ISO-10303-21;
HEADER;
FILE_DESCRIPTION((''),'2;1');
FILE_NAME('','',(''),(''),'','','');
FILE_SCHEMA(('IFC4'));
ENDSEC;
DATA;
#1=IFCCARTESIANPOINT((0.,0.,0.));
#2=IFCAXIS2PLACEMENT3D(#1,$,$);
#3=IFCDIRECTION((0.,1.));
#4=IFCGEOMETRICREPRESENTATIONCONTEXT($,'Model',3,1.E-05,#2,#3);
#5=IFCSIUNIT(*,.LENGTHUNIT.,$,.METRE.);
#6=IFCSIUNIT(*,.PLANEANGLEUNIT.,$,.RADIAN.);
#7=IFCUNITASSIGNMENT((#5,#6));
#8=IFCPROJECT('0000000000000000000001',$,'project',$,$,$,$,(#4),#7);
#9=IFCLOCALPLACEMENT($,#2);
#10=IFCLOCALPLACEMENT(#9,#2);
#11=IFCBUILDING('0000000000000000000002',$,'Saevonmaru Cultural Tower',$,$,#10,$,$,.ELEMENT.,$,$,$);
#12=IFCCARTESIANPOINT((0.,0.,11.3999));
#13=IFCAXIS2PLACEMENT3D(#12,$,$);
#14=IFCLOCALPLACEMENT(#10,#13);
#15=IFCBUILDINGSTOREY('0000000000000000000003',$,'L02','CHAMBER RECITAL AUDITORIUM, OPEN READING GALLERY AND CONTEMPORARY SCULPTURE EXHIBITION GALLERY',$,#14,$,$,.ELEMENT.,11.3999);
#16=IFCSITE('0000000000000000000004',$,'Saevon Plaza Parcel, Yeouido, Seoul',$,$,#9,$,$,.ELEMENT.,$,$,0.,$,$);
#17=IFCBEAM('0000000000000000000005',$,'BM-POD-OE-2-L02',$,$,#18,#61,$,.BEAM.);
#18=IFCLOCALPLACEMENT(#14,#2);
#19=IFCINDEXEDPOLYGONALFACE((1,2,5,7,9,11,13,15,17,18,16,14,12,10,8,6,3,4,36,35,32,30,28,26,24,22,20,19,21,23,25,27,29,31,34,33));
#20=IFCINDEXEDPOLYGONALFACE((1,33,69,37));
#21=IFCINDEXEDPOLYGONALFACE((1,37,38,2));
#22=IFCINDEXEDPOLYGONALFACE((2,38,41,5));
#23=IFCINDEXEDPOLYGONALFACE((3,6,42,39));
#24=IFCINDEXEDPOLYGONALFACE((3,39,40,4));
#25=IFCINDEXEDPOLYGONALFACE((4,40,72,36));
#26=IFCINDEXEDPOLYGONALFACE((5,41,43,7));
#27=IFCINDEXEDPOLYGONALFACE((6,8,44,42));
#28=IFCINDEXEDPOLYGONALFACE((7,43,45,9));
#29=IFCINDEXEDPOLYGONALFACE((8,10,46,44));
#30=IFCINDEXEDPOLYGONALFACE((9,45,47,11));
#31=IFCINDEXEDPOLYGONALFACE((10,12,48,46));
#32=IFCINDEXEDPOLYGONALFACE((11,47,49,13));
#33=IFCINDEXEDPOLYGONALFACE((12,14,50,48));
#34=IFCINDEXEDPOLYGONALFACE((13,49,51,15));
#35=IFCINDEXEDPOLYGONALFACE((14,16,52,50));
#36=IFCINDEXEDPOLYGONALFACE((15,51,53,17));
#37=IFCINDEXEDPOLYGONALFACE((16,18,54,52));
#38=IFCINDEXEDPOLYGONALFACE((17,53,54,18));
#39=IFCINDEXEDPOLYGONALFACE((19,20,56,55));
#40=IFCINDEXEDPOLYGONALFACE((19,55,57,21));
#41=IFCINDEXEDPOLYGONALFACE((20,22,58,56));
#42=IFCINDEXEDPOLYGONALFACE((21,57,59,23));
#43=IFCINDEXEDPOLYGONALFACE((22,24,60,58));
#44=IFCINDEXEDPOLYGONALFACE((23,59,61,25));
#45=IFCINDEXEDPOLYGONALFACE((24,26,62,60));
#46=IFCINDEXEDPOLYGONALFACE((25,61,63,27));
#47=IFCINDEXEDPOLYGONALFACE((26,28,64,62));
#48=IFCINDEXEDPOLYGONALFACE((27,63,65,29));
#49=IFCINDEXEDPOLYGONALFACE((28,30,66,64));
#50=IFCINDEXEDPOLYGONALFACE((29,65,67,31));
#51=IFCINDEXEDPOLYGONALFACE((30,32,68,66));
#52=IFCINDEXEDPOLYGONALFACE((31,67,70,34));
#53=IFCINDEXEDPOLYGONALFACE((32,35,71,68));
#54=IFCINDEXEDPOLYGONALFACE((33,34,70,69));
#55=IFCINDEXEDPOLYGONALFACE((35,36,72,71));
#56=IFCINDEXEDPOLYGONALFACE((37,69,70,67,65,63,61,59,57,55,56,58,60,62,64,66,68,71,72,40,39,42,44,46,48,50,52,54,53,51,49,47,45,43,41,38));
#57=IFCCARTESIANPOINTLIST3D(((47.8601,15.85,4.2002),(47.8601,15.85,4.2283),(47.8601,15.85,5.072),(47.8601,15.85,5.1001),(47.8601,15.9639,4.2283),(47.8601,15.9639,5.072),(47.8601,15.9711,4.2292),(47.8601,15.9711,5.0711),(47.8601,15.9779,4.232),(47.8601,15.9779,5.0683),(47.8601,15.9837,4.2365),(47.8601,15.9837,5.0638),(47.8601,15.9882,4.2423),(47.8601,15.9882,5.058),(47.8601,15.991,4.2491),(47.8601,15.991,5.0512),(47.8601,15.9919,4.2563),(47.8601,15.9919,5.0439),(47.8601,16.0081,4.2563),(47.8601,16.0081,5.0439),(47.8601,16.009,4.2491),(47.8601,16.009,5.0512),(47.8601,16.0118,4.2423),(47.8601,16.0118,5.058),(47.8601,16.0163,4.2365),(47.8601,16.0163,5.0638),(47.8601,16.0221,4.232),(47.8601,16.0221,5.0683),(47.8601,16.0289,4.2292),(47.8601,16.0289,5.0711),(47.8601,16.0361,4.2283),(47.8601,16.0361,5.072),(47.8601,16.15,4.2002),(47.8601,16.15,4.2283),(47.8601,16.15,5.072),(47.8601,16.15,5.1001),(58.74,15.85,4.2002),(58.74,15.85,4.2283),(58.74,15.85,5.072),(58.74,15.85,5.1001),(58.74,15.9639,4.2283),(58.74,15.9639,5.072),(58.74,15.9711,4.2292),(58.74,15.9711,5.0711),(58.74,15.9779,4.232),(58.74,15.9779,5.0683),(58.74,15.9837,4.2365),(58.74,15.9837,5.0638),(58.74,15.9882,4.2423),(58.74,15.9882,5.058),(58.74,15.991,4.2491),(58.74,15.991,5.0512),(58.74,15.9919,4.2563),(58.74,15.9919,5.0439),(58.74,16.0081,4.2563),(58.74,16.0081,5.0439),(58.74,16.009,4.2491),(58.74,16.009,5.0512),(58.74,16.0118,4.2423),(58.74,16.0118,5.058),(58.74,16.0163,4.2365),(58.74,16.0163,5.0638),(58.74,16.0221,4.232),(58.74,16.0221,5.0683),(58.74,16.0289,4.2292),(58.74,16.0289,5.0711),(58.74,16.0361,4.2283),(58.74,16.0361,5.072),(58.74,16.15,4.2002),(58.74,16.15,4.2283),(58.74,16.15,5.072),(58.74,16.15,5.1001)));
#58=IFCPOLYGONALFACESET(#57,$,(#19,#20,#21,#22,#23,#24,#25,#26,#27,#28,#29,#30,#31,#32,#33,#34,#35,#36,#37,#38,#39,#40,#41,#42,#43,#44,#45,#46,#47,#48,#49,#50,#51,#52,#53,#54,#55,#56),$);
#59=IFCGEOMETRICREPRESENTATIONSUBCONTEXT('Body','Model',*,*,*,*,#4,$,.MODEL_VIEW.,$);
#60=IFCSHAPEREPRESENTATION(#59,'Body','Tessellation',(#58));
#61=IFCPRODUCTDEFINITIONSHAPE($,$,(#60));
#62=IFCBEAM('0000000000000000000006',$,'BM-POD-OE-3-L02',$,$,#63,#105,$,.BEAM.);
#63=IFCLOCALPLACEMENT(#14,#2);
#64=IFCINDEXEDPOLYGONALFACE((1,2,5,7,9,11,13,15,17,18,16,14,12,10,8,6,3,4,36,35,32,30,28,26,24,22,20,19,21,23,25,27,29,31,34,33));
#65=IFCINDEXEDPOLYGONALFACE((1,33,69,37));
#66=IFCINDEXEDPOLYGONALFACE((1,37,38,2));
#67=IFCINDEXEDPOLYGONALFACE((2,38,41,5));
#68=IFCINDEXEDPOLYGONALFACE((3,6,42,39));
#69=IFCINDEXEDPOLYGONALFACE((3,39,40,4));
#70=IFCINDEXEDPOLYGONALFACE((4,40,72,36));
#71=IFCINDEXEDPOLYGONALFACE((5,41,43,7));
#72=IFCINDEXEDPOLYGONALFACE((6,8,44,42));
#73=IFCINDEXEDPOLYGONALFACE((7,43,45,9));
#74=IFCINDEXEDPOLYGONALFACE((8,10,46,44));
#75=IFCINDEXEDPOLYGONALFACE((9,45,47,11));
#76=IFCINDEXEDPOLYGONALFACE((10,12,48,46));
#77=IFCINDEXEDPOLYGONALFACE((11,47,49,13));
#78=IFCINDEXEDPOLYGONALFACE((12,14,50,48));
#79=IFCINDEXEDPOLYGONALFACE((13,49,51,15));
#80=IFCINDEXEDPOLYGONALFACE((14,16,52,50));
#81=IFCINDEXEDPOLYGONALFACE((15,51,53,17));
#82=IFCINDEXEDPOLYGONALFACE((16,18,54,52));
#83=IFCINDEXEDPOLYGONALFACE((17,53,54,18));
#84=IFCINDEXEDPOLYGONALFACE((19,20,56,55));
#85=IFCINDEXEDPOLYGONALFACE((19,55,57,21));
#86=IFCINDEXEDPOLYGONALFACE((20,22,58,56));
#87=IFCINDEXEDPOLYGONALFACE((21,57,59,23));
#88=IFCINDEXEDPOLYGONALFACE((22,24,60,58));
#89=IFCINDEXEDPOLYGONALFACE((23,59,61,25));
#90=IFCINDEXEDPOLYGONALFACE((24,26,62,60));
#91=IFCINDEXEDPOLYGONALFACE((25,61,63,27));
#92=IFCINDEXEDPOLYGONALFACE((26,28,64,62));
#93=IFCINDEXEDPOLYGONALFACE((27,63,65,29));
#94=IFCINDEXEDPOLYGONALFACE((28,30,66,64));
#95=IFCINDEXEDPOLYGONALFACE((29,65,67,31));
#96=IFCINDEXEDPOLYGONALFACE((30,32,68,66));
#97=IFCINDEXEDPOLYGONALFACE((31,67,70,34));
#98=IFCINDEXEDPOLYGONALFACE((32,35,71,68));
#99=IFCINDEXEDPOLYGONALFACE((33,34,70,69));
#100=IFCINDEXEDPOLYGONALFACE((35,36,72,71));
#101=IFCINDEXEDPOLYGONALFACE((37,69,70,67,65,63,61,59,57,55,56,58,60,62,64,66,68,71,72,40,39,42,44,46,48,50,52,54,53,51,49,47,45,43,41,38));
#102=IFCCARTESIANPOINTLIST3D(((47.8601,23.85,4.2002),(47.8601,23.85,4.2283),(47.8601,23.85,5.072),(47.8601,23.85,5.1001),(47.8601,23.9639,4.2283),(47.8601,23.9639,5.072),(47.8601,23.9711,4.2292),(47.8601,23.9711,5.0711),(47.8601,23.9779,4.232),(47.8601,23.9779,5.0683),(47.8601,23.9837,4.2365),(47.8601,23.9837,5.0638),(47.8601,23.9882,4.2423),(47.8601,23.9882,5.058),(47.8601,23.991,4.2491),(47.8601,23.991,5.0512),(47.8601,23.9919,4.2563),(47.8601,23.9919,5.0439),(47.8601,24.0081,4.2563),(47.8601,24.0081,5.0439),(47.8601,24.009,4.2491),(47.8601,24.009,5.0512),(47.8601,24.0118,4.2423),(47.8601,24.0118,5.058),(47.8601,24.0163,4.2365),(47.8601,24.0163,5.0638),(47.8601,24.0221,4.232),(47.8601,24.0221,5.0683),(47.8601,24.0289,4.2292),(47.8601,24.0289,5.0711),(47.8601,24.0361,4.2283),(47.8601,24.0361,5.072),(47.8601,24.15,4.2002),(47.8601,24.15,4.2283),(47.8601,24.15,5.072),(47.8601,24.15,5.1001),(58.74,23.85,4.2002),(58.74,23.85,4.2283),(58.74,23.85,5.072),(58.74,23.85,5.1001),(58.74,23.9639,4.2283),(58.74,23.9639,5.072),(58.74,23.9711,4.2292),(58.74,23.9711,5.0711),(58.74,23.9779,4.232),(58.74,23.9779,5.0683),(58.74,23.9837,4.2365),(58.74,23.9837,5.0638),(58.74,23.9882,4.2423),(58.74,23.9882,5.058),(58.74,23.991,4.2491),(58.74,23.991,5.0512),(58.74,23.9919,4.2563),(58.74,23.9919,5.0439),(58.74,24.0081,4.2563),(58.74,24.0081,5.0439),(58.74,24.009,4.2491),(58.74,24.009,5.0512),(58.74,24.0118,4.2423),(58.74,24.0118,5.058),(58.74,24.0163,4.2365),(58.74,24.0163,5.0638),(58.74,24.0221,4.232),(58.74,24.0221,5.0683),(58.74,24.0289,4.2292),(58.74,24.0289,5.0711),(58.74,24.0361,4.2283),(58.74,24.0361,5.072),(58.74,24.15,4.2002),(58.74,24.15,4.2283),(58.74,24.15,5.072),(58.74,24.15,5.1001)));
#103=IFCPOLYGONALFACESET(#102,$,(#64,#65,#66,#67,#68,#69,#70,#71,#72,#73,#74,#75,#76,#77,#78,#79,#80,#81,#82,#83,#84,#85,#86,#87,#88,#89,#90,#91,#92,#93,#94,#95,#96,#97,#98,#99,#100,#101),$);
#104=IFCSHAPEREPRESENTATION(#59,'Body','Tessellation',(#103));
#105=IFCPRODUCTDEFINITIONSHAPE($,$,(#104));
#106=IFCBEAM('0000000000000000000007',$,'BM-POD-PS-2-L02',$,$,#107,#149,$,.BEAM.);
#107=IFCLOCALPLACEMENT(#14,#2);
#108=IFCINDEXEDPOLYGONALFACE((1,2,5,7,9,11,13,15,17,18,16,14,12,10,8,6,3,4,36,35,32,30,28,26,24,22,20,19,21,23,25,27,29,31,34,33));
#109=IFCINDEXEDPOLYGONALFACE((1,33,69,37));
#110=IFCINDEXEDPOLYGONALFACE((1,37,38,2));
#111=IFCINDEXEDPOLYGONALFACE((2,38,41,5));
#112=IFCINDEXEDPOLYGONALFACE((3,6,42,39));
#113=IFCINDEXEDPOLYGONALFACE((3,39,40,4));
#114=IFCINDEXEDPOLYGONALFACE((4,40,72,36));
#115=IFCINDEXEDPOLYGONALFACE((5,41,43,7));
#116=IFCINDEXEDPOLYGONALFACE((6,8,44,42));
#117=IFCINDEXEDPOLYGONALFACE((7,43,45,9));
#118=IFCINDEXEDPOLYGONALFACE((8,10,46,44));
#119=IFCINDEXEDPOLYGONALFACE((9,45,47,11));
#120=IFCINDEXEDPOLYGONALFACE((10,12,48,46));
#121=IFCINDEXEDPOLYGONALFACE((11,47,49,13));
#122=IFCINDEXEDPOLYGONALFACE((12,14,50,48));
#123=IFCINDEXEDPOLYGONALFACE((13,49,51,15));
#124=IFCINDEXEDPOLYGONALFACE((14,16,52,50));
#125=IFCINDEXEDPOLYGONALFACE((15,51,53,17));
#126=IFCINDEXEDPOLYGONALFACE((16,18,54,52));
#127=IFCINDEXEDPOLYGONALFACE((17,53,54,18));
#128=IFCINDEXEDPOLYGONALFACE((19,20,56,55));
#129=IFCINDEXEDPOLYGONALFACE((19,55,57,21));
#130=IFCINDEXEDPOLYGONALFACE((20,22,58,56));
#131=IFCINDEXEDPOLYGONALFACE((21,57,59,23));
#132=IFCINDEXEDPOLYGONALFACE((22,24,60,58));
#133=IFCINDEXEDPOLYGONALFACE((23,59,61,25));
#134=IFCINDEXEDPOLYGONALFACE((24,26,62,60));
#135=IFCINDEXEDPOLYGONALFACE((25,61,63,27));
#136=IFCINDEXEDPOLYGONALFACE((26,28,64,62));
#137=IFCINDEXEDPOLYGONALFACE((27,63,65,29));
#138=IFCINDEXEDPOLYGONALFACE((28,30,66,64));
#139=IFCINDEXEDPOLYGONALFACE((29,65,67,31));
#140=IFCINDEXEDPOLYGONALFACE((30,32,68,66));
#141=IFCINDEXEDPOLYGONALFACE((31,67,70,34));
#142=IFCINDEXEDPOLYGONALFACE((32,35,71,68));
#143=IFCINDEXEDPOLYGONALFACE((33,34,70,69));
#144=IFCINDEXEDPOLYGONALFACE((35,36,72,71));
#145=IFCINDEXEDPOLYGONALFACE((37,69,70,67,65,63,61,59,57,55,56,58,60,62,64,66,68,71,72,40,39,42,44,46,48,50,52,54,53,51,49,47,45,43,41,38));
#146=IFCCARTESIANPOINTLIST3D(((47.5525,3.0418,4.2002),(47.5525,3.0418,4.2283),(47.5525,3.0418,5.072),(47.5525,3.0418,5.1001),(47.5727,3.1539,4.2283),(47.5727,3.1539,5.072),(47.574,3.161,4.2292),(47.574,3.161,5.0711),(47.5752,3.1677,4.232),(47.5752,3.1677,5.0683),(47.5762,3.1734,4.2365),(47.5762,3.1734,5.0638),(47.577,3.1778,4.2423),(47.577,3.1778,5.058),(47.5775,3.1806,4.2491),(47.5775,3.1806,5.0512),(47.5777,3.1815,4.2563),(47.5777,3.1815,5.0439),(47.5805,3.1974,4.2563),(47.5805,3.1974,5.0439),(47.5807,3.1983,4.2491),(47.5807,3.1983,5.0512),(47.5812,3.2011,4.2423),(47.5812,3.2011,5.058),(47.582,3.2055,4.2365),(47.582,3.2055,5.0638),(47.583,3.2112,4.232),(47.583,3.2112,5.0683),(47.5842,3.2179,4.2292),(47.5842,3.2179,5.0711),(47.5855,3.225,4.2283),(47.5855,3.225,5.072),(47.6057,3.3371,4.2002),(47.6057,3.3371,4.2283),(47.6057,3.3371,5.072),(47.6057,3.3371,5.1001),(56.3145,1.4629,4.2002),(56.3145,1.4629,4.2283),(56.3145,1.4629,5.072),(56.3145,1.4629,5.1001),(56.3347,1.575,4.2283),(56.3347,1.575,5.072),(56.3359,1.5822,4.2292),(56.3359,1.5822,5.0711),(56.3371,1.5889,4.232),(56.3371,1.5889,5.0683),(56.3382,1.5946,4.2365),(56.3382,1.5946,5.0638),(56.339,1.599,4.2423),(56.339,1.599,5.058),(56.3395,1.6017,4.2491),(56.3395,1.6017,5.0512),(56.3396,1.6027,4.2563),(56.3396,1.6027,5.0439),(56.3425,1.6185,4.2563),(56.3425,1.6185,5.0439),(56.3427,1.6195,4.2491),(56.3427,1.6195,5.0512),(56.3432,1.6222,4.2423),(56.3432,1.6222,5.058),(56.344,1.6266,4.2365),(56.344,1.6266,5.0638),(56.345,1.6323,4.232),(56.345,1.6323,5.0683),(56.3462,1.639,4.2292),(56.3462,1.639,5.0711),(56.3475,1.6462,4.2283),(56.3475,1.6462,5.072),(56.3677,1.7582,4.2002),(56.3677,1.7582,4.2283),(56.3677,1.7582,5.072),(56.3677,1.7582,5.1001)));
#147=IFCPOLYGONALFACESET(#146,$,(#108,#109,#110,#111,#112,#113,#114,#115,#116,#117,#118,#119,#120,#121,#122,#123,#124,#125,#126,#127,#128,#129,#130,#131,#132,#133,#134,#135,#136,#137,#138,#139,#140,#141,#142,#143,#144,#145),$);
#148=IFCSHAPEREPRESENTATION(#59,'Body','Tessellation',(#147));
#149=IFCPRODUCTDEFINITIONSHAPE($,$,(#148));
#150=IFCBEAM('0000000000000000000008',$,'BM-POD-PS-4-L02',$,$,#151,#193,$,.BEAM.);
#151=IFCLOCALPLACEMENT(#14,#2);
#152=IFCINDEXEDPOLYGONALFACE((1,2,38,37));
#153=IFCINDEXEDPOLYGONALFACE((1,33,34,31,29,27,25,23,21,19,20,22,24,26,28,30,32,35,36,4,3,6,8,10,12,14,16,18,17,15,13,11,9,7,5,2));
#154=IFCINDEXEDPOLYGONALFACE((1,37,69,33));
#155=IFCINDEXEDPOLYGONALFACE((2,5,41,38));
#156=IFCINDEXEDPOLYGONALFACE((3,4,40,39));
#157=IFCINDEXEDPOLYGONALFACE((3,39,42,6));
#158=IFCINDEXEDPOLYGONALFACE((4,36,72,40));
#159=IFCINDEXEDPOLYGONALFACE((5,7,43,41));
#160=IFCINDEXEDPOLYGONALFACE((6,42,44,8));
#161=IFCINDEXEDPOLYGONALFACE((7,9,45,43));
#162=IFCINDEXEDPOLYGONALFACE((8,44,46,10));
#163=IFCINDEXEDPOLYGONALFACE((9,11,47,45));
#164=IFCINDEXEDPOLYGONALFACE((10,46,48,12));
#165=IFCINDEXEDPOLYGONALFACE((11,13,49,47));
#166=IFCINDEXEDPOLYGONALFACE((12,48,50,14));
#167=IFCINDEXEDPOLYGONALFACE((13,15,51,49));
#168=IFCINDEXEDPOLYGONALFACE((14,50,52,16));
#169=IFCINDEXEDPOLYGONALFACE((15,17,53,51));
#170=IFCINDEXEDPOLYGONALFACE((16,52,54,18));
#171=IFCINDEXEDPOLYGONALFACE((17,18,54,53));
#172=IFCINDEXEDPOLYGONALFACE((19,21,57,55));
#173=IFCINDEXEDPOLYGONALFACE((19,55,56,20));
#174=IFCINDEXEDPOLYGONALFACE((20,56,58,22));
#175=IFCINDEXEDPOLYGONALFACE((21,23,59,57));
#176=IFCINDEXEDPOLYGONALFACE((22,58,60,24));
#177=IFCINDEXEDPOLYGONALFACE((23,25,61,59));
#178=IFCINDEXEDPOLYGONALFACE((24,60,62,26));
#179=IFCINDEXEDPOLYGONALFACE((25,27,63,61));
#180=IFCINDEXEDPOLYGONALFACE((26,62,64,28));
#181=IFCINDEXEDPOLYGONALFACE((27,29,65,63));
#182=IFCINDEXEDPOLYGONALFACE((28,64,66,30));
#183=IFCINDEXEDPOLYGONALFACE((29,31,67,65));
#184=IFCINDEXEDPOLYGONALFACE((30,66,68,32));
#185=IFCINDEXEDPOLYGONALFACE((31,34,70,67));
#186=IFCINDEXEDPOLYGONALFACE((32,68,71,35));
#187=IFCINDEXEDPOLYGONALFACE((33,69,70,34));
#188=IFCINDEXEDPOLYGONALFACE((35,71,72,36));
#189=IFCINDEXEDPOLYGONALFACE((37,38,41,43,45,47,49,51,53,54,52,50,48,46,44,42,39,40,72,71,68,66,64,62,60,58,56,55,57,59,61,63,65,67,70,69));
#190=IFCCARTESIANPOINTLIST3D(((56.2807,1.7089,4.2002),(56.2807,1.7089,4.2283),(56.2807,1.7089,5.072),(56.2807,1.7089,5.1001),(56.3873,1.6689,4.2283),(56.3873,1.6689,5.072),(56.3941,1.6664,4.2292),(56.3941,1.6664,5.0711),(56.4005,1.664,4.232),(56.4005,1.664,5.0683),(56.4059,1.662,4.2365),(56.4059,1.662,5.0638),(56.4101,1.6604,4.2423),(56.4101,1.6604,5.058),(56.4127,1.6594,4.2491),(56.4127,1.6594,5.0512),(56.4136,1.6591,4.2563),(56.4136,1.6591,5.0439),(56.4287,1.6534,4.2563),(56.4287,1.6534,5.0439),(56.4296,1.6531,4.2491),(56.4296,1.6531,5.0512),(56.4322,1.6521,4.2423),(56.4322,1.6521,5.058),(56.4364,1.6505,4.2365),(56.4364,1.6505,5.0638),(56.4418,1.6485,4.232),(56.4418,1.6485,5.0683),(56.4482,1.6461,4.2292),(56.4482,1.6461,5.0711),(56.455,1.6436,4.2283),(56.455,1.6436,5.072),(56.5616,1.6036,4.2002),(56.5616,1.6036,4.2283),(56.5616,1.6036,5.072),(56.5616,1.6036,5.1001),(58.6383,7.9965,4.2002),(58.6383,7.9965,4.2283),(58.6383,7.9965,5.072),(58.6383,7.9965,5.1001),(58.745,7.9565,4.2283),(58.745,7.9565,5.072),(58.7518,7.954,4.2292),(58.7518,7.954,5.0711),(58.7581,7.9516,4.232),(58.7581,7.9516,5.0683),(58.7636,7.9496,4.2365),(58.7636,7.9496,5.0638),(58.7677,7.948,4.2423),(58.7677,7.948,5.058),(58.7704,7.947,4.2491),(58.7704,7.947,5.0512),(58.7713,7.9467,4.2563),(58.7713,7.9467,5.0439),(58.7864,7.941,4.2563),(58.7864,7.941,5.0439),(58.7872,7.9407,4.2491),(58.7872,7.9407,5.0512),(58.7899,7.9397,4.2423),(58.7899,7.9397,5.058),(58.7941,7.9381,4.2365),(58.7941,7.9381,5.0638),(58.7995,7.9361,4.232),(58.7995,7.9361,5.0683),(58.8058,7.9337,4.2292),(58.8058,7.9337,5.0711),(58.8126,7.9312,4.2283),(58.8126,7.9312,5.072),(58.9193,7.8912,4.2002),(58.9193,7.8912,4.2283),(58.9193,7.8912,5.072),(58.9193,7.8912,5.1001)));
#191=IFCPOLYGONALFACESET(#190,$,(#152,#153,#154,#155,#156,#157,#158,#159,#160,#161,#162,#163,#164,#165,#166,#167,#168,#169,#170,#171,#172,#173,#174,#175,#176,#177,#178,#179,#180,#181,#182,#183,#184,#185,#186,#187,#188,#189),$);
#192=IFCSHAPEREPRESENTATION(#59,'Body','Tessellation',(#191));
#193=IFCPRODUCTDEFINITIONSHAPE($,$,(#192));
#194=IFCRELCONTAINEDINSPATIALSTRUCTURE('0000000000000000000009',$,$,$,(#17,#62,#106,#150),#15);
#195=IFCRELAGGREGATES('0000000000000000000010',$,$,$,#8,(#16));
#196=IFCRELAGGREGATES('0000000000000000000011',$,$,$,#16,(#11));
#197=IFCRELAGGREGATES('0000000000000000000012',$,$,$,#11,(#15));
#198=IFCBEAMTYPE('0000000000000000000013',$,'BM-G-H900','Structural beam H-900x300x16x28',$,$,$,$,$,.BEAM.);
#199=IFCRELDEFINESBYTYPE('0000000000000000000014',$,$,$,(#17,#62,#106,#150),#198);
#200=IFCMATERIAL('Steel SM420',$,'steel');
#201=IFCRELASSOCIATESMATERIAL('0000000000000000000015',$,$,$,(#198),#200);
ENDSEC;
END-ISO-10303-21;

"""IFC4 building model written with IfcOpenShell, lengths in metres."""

from ifc_helpers import new_model, si_unit, direction, frame, origin, origin_2d, place, context, subcontext, project, spatial, i_section, extrude, material, material_profile, profile_set, type_object, element, save


model = new_model("IFC4")

# Units and contexts
model_context = context("Model", 3, precision=1e-05, world=origin(), true_north=direction((0.0, 1.0)))
body_context = subcontext(model_context, "Body", "Model", "MODEL_VIEW")
ifc_project = project(units=[si_unit("LENGTHUNIT", "METRE"), si_unit("PLANEANGLEUNIT", "RADIAN")], contexts=[model_context])

# Site, building, storey
site_placement = place(None, origin())
site = spatial("IfcSite", under=ifc_project, at=site_placement, Name="Saevon Plaza Parcel, Yeouido, Seoul", CompositionType="ELEMENT", RefElevation=0.0)
building_placement = place(site_placement, origin())
building = spatial("IfcBuilding", under=site, at=building_placement, Name="Saevonmaru Cultural Tower", CompositionType="ELEMENT")
storey_placement = place(building_placement, frame((0.0, 0.0, 11.3999)))
storey = spatial("IfcBuildingStorey", under=building, at=storey_placement, Name="L02", Description="CHAMBER RECITAL AUDITORIUM, OPEN READING GALLERY AND CONTEMPORARY SCULPTURE EXHIBITION GALLERY", CompositionType="ELEMENT", Elevation=11.3999)

# Beams
ifc_material_1 = material(Name="Steel SM420", Category="steel")
ifc_material_profile_1 = material_profile(ifc_material_1, i_section(OverallWidth=0.3, OverallDepth=0.8999, WebThickness=0.0161, FlangeThickness=0.0281, FilletRadius=0.0281, at=origin_2d()), Name="H-900x300x16x28")
ifc_profile_set_1 = profile_set([ifc_material_profile_1], Name="Steel SM420")
beam_type_1 = type_object("IfcBeamType", Name="BM-G-H900", Description="Structural beam H-900x300x16x28", PredefinedType="BEAM", material=ifc_profile_set_1)
for number, where, z_axis, x_axis, name in (
    (1, (47.8601, 16.0, 4.6501), (1.0, 0.0, 0.0), (0.0, 1.0, 0.0), "BM-POD-OE-2-L02"),
    (2, (47.8601, 24.0, 4.6501), (1.0, 0.0, 0.0), (0.0, 1.0, 0.0), "BM-POD-OE-3-L02"),
):
    element("IfcBeam", number, at=place(storey_placement, frame(where, z_axis=z_axis, x_axis=x_axis)), inside=storey, type_object=beam_type_1, Name=name, PredefinedType="BEAM", context=body_context, shape_type="SweptSolid", body=[
        extrude(i_section(OverallWidth=0.3, OverallDepth=0.8999, WebThickness=0.0161, FlangeThickness=0.0281, FilletRadius=0.0281, at=origin_2d()), origin(), (0.0, 0.0, 1.0), 10.8799),
    ])
beam_1_placement = place(storey_placement, frame((47.5791, 3.1895, 4.6501), z_axis=(0.98415, -0.177338, 0.0), x_axis=(0.177338, 0.98415, 0.0)))
element("IfcBeam", 3, at=beam_1_placement, inside=storey, type_object=beam_type_1, Name="BM-POD-PS-2-L02", PredefinedType="BEAM", context=body_context, shape_type="SweptSolid", body=[
    extrude(i_section(OverallWidth=0.3, OverallDepth=0.8999, WebThickness=0.0161, FlangeThickness=0.0281, FilletRadius=0.0281, at=origin_2d()), origin(), (0.0, 0.0, 1.0), 8.9031),
])
beam_2_placement = place(storey_placement, frame((56.4211, 1.6562, 4.6501), z_axis=(0.3511, 0.936338, 0.0), x_axis=(-0.936338, 0.3511, 0.0)))
element("IfcBeam", 4, at=beam_2_placement, inside=storey, type_object=beam_type_1, Name="BM-POD-PS-4-L02", PredefinedType="BEAM", context=body_context, shape_type="SweptSolid", body=[
    extrude(i_section(OverallWidth=0.3, OverallDepth=0.8999, WebThickness=0.0161, FlangeThickness=0.0281, FilletRadius=0.0281, at=origin_2d()), origin(), (0.0, 0.0, 1.0), 6.7151),
])

save(model, "model.ifc")
